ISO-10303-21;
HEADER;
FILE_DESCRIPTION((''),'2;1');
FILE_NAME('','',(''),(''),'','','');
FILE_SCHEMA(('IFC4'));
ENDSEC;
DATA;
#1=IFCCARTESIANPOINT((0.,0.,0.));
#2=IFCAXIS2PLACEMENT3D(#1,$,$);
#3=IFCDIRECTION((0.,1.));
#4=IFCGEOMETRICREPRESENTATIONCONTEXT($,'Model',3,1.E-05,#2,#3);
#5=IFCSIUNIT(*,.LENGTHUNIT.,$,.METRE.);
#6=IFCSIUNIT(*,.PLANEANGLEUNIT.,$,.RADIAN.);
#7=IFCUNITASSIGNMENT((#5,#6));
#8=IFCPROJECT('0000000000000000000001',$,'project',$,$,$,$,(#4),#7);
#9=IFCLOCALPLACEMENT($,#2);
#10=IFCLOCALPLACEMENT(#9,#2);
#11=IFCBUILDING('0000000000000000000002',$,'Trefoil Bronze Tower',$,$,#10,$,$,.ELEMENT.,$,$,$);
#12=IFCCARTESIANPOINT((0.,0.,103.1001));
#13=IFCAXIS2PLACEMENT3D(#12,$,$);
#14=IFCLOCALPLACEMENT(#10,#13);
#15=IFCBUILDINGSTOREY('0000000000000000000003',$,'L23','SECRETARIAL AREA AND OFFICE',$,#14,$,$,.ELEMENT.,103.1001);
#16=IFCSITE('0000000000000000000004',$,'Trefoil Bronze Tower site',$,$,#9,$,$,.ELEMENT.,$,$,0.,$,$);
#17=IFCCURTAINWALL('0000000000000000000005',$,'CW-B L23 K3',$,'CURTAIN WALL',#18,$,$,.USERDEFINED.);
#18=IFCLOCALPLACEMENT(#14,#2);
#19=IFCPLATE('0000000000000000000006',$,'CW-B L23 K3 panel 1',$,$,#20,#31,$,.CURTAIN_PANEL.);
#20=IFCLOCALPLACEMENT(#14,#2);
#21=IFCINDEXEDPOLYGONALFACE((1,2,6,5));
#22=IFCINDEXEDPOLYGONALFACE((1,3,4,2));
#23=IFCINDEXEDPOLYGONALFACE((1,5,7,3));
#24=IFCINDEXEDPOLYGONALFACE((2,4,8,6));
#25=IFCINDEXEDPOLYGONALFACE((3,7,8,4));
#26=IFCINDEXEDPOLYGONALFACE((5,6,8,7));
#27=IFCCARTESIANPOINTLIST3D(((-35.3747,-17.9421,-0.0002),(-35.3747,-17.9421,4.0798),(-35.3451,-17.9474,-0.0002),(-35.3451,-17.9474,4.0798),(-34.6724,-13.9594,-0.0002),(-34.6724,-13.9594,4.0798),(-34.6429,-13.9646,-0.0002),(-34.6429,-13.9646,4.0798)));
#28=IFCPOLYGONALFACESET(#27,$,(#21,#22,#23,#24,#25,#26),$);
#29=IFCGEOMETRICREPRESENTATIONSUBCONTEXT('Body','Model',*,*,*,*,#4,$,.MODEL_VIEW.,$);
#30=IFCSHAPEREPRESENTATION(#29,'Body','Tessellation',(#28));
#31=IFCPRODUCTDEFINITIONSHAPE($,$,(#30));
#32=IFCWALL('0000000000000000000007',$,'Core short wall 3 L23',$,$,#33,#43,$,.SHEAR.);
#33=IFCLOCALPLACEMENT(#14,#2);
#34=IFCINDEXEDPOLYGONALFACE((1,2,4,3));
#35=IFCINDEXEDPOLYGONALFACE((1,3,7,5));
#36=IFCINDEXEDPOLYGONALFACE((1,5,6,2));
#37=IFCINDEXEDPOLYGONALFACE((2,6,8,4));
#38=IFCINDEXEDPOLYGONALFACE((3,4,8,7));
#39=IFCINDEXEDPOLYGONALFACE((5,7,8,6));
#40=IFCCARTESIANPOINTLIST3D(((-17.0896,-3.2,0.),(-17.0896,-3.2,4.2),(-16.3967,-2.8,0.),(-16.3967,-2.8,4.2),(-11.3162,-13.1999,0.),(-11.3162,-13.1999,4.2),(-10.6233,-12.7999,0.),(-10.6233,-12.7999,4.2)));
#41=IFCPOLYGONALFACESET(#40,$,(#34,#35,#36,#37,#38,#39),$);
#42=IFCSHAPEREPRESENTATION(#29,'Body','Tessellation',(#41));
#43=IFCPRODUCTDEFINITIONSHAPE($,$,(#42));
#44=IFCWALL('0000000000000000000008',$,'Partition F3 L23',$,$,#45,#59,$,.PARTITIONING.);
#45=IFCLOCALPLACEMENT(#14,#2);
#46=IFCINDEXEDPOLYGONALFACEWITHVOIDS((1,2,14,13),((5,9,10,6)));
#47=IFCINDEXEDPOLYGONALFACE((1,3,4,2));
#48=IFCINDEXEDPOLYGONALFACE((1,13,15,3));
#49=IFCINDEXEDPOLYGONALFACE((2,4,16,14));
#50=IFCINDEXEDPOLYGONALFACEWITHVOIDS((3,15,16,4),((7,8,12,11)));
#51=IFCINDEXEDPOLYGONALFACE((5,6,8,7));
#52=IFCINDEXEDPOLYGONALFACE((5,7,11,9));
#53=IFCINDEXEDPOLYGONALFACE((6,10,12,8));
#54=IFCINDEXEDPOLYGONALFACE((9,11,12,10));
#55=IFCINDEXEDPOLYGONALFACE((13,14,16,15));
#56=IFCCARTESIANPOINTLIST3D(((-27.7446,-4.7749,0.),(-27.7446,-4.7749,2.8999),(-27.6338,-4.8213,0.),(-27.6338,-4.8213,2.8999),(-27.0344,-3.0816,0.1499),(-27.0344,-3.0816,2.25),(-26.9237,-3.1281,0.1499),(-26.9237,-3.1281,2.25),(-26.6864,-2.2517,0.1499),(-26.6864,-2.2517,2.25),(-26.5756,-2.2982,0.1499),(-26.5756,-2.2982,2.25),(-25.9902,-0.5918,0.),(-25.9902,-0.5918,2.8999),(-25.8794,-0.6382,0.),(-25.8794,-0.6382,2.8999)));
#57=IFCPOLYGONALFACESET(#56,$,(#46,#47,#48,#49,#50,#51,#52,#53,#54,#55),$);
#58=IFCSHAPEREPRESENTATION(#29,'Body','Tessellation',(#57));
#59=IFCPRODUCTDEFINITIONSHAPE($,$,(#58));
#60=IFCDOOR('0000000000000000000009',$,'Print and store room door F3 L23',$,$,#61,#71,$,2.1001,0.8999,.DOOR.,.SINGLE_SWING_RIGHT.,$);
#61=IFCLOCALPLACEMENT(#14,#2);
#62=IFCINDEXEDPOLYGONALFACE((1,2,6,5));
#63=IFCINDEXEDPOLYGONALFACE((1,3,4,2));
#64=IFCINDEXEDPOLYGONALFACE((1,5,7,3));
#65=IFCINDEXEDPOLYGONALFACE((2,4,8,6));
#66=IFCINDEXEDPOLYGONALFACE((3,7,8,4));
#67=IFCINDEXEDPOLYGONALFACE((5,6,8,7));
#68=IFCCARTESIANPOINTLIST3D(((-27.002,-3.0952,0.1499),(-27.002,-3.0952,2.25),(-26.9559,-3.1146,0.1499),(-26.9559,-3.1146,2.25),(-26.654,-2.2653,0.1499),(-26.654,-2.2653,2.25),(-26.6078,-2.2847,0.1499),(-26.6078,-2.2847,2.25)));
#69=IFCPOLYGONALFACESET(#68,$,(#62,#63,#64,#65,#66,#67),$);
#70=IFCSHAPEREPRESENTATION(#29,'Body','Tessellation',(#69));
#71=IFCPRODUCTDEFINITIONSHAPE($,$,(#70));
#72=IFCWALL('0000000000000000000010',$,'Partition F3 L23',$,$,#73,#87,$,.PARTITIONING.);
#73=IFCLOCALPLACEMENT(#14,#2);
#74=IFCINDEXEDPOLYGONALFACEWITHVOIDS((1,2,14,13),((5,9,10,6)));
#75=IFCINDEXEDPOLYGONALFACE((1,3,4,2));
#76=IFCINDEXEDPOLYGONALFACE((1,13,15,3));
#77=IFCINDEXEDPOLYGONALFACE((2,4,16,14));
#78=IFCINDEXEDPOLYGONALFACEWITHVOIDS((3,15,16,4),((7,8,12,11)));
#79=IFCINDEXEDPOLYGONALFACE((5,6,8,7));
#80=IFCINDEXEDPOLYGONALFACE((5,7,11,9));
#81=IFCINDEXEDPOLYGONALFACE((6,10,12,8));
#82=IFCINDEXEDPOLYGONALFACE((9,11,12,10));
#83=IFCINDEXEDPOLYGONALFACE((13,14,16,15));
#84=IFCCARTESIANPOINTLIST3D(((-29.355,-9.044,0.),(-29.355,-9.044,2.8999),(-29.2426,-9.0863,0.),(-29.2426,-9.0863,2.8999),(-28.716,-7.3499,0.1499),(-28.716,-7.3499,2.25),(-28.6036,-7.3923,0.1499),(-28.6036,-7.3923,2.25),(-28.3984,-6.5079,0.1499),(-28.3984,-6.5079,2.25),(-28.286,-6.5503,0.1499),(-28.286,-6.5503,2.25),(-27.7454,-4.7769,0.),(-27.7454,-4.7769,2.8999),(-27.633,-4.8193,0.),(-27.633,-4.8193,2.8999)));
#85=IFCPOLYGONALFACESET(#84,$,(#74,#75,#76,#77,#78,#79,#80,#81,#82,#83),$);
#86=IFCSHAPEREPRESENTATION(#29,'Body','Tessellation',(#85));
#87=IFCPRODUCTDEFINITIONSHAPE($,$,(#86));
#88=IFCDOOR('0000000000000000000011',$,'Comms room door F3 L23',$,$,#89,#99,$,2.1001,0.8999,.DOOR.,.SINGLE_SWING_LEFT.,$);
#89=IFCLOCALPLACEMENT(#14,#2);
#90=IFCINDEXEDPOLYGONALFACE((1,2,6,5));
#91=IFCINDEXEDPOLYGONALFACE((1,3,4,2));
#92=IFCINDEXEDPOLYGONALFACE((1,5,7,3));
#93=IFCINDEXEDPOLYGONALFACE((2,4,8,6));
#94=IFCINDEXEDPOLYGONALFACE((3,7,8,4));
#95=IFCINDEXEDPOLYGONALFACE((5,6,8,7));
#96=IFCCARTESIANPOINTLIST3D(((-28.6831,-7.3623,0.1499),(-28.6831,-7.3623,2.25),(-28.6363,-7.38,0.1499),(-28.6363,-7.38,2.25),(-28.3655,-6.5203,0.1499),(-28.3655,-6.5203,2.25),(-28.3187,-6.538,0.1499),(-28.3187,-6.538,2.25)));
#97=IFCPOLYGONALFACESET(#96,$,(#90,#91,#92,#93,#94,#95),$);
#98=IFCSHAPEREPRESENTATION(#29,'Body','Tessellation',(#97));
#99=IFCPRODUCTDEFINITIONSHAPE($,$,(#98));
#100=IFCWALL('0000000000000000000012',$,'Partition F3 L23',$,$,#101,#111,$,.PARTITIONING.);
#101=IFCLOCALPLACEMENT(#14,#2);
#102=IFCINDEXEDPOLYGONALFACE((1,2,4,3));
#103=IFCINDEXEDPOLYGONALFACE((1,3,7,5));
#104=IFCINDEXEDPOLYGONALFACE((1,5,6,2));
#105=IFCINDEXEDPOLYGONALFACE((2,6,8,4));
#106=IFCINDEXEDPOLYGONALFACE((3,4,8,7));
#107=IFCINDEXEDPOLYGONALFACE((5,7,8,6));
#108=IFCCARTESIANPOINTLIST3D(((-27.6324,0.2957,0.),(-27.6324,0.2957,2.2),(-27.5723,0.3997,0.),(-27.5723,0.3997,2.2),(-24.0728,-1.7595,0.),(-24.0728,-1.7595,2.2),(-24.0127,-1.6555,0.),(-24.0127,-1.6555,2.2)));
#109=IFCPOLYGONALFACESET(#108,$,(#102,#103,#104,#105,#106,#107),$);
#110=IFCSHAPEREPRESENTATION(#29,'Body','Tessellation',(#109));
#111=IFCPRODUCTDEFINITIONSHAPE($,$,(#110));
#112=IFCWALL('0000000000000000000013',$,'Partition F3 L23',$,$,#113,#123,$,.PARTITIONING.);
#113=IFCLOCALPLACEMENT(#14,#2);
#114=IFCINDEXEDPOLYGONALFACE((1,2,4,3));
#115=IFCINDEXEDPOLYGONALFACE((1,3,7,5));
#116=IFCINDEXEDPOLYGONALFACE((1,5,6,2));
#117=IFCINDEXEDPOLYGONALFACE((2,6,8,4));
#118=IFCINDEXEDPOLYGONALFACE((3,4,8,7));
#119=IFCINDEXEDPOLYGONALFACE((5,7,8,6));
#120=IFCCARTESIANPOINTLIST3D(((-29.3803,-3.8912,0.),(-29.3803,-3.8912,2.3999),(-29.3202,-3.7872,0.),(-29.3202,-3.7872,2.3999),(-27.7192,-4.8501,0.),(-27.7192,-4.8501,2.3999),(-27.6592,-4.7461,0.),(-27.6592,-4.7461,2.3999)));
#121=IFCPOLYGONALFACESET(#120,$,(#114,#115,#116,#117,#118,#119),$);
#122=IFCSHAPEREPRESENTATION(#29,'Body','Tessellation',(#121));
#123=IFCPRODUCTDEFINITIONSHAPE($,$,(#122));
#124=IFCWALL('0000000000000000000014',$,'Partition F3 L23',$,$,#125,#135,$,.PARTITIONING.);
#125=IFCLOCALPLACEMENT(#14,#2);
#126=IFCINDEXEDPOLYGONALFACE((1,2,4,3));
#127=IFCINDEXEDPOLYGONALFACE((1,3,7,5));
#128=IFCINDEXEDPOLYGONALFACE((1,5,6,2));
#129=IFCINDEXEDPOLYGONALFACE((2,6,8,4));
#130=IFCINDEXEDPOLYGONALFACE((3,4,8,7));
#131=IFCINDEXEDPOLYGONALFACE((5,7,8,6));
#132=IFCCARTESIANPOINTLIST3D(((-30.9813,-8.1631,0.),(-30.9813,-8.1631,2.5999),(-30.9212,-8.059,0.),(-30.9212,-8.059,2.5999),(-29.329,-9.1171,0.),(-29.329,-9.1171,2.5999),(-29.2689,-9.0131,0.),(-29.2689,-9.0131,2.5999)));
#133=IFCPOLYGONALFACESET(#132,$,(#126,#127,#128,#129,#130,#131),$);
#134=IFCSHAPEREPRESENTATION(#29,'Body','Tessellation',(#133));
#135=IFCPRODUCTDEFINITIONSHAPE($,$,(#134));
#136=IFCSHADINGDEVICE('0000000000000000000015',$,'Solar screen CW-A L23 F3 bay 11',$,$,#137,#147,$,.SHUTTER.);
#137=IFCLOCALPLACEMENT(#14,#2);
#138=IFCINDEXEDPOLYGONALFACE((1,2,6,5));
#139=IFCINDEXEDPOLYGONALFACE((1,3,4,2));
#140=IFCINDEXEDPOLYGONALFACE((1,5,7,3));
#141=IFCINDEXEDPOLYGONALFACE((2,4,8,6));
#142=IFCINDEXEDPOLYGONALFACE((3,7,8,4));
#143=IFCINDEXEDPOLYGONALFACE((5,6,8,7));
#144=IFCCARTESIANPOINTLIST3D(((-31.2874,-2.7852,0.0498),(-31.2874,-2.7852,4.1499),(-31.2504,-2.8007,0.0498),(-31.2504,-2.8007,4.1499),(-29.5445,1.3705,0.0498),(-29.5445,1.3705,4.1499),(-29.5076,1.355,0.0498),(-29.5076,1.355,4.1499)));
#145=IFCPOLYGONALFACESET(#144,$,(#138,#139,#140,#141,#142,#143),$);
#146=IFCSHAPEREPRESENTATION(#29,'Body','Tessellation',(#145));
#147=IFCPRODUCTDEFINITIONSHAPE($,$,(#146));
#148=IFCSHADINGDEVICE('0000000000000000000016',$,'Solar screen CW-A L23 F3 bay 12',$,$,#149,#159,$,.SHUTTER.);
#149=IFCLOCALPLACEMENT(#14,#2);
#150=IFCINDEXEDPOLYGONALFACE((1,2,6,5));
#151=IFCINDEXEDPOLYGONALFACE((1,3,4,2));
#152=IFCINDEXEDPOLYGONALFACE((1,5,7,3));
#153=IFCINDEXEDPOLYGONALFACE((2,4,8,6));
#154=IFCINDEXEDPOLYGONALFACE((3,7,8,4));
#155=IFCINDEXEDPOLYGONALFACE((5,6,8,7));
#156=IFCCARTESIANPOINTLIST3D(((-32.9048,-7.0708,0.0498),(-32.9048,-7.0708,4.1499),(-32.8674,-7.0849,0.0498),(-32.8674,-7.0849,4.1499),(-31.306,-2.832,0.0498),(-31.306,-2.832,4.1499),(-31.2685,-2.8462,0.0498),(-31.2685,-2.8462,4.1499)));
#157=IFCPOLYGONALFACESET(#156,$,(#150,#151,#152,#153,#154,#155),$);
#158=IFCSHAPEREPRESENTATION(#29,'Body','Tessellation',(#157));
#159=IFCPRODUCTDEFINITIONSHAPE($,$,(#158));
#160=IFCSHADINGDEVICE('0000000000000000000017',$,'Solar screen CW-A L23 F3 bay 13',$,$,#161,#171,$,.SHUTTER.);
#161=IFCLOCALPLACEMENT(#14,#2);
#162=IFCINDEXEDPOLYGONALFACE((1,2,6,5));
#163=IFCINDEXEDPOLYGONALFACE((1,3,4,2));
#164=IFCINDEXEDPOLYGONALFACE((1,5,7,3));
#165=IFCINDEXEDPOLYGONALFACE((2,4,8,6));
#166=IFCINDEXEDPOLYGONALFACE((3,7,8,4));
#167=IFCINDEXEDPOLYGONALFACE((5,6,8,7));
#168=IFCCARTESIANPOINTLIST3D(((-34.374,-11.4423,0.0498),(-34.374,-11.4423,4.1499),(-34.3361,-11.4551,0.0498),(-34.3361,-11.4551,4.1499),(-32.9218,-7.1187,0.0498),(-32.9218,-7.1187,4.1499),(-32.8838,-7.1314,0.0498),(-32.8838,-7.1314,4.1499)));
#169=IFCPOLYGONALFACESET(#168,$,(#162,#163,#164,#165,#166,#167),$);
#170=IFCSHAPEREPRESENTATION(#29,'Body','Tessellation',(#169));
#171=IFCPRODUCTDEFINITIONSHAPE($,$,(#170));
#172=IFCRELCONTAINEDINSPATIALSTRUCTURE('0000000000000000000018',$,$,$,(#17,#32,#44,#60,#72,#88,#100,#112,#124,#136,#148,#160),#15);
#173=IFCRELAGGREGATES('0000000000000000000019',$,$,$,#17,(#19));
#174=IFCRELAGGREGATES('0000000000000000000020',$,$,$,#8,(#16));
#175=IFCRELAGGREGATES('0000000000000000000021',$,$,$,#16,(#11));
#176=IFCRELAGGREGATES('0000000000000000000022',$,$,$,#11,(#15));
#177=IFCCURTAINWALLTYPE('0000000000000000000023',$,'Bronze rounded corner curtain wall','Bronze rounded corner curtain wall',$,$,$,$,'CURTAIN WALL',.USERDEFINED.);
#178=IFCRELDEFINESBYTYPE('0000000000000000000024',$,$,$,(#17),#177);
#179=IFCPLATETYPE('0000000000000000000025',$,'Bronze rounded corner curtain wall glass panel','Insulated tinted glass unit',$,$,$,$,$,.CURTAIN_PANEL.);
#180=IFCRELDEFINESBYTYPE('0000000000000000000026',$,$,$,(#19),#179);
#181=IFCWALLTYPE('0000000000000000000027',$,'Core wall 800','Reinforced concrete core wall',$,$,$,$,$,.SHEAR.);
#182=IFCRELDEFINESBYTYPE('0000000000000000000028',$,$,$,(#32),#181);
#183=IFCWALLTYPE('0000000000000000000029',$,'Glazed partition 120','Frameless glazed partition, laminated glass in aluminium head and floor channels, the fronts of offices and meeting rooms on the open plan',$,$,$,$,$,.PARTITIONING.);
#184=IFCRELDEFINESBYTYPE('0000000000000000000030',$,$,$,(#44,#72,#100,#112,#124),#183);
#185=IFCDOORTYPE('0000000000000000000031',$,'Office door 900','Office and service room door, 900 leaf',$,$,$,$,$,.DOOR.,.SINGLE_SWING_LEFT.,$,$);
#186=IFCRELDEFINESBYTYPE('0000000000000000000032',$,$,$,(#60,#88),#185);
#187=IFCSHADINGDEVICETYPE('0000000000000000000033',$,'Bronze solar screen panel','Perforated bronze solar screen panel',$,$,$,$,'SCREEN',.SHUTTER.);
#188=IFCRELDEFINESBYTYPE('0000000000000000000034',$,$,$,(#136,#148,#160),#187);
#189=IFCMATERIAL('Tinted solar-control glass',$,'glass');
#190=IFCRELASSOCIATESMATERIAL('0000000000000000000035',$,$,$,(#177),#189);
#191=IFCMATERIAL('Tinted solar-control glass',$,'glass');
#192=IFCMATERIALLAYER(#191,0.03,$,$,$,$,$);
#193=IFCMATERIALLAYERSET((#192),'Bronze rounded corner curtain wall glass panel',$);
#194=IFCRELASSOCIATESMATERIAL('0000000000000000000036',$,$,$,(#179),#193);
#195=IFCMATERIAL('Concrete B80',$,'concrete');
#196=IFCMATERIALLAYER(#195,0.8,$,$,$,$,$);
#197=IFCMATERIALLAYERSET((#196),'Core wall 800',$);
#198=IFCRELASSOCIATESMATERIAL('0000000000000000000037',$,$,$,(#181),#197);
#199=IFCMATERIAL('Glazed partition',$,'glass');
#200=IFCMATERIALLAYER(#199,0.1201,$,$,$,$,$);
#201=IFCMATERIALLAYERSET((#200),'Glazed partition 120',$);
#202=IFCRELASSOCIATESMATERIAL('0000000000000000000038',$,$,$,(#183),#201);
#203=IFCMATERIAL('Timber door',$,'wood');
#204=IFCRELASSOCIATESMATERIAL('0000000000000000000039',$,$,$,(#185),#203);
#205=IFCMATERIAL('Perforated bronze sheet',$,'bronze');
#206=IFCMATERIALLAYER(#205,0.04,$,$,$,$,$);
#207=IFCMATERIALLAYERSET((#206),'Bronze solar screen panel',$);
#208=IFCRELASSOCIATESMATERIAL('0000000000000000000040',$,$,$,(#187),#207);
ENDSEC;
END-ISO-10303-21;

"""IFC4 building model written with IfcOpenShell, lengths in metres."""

from ifc_helpers import new_model, si_unit, direction, frame, frame_2d, origin, origin_2d, place, context, subcontext, project, spatial, rectangle, extrude, material, layer, layer_set, type_object, element, fill, aggregate, save


model = new_model("IFC4")

# Units and contexts
model_context = context("Model", 3, precision=1e-05, world=origin(), true_north=direction((0.0, 1.0)))
body_context = subcontext(model_context, "Body", "Model", "MODEL_VIEW")
ifc_project = project(units=[si_unit("LENGTHUNIT", "METRE"), si_unit("PLANEANGLEUNIT", "RADIAN")], contexts=[model_context])

# Site, building, storey
site_placement = place(None, origin())
site = spatial("IfcSite", under=ifc_project, at=site_placement, Name="Trefoil Bronze Tower site", CompositionType="ELEMENT", RefElevation=0.0)
building_placement = place(site_placement, origin())
building = spatial("IfcBuilding", under=site, at=building_placement, Name="Trefoil Bronze Tower", CompositionType="ELEMENT")
storey_placement = place(building_placement, frame((0.0, 0.0, 103.1001)))
storey = spatial("IfcBuildingStorey", under=building, at=storey_placement, Name="L23", Description="SECRETARIAL AREA AND OFFICE", CompositionType="ELEMENT", Elevation=103.1001)

# Curtain wall
ifc_material_1 = material(Name="Tinted solar-control glass", Category="glass")
curtain_wall_type_1 = type_object("IfcCurtainWallType", Name="Bronze rounded corner curtain wall", Description="Bronze rounded corner curtain wall", ElementType="CURTAIN WALL", PredefinedType="USERDEFINED", material=ifc_material_1)
curtain_wall_1_placement = place(storey_placement, origin())
curtain_wall_1 = element("IfcCurtainWall", 1, at=curtain_wall_1_placement, inside=storey, type_object=curtain_wall_type_1, Name="CW-B L23 K3", ObjectType="CURTAIN WALL", PredefinedType="USERDEFINED")

# Plate
ifc_material_2 = material(Name="Tinted solar-control glass", Category="glass")
ifc_layer_1 = layer(ifc_material_2, 0.03)
ifc_layer_set_1 = layer_set([ifc_layer_1], Name="Bronze rounded corner curtain wall glass panel")
plate_type_1 = type_object("IfcPlateType", Name="Bronze rounded corner curtain wall glass panel", Description="Insulated tinted glass unit", PredefinedType="CURTAIN_PANEL", material=ifc_layer_set_1)
plate_1_placement = place(storey_placement, frame((-35.0088, -15.9534, -0.0002), z_axis=(0.0, 0.0, 1.0), x_axis=(-0.173648, -0.984808, 0.0)))
plate_1 = element("IfcPlate", 2, at=plate_1_placement, type_object=plate_type_1, Name="CW-B L23 K3 panel 1", PredefinedType="CURTAIN_PANEL", context=body_context, shape_type="SweptSolid", body=[
    extrude(rectangle(XDim=4.0442, YDim=0.03, at=origin_2d()), origin(), (0.0, 0.0, 1.0), 4.0801),
])
aggregate(curtain_wall_1, [plate_1])

# Wall
ifc_material_3 = material(Name="Concrete B80", Category="concrete")
ifc_layer_2 = layer(ifc_material_3, 0.8)
ifc_layer_set_2 = layer_set([ifc_layer_2], Name="Core wall 800")
wall_type_1 = type_object("IfcWallType", Name="Core wall 800", Description="Reinforced concrete core wall", PredefinedType="SHEAR", material=ifc_layer_set_2)
wall_1_placement = place(storey_placement, frame((-16.7432, -3.0, 0.0), z_axis=(0.0, 0.0, 1.0), x_axis=(0.499996, -0.866028, 0.0)))
element("IfcWall", 3, at=wall_1_placement, inside=storey, type_object=wall_type_1, Name="Core short wall 3 L23", PredefinedType="SHEAR", context=body_context, shape_type="SweptSolid", body=[
    extrude(rectangle(XDim=11.5469, YDim=0.8, at=frame_2d((5.7734, 0.0))), origin(), (0.0, 0.0, 1.0), 4.2),
])

# Walls, openings, doors
ifc_material_4 = material(Name="Glazed partition", Category="glass")
ifc_layer_3 = layer(ifc_material_4, 0.1201)
ifc_layer_set_3 = layer_set([ifc_layer_3], Name="Glazed partition 120")
wall_type_2 = type_object("IfcWallType", Name="Glazed partition 120", Description="Frameless glazed partition, laminated glass in aluminium head and floor channels, the fronts of offices and meeting rooms on the open plan", PredefinedType="PARTITIONING", material=ifc_layer_set_3)
wall_2_placement = place(storey_placement, frame((-25.9348, -0.615, 0.0), z_axis=(0.0, 0.0, 1.0), x_axis=(-0.386762, -0.92218, 0.0)))
wall_2 = element("IfcWall", 4, at=wall_2_placement, inside=storey, type_object=wall_type_2, Name="Partition F3 L23", PredefinedType="PARTITIONING", context=body_context, shape_type="SweptSolid", body=[
    extrude(rectangle(XDim=4.5361, YDim=0.1201, at=frame_2d((2.2681, 0.0))), origin(), (0.0, 0.0, 1.0), 2.8999),
])
opening_1_placement = place(wall_2_placement, frame((1.8, 0.0, 0.1499)))
opening_1 = element("IfcOpeningElement", 5, at=opening_1_placement, cuts=wall_2, PredefinedType="OPENING", context=body_context, shape_type="SweptSolid", body=[
    extrude(rectangle(XDim=0.8999, YDim=2.1001, at=frame_2d((0.45, 1.05))), frame((0.0, 0.0701, 0.0), z_axis=(0.0, -1.0, 0.0), x_axis=(1.0, 0.0, 0.0)), (0.0, 0.0, 1.0), 0.1401),
])
ifc_material_5 = material(Name="Timber door", Category="wood")
door_type = type_object("IfcDoorType", Name="Office door 900", Description="Office and service room door, 900 leaf", OperationType="SINGLE_SWING_LEFT", PredefinedType="DOOR", material=ifc_material_5)
door_1_placement = place(opening_1_placement, frame((0.8999, 0.0, 0.0), z_axis=(0.0, 0.0, 1.0), x_axis=(-1.0, 0.0, 0.0)))
door_1 = element("IfcDoor", 6, at=door_1_placement, inside=storey, type_object=door_type, Name="Print and store room door F3 L23", OperationType="SINGLE_SWING_RIGHT", OverallHeight=2.1001, OverallWidth=0.8999, PredefinedType="DOOR", context=body_context, shape_type="SweptSolid", body=[
    extrude(rectangle(XDim=0.8999, YDim=2.1001, at=frame_2d((0.45, 1.05))), frame((0.0, 0.0249, 0.0), z_axis=(0.0, -1.0, 0.0), x_axis=(1.0, 0.0, 0.0)), (0.0, 0.0, 1.0), 0.05),
])
fill(opening_1, door_1)
wall_3_placement = place(storey_placement, frame((-27.6892, -4.7981, 0.0), z_axis=(0.0, 0.0, 1.0), x_axis=(-0.352941, -0.935645, 0.0)))
wall_3 = element("IfcWall", 7, at=wall_3_placement, inside=storey, type_object=wall_type_2, Name="Partition F3 L23", PredefinedType="PARTITIONING", context=body_context, shape_type="SweptSolid", body=[
    extrude(rectangle(XDim=4.5605, YDim=0.1201, at=frame_2d((2.2803, 0.0))), origin(), (0.0, 0.0, 1.0), 2.8999),
])
opening_2_placement = place(wall_3_placement, frame((1.8501, 0.0, 0.1499)))
opening_2 = element("IfcOpeningElement", 8, at=opening_2_placement, cuts=wall_3, PredefinedType="OPENING", context=body_context, shape_type="SweptSolid", body=[
    extrude(rectangle(XDim=0.8999, YDim=2.1001, at=frame_2d((0.45, 1.05))), frame((0.0, 0.0701, 0.0), z_axis=(0.0, -1.0, 0.0), x_axis=(1.0, 0.0, 0.0)), (0.0, 0.0, 1.0), 0.1401),
])
door_2_placement = place(opening_2_placement, frame((0.8999, 0.0, 0.0), z_axis=(0.0, 0.0, 1.0), x_axis=(-1.0, 0.0, 0.0)))
door_2 = element("IfcDoor", 9, at=door_2_placement, inside=storey, type_object=door_type, Name="Comms room door F3 L23", OperationType="SINGLE_SWING_LEFT", OverallHeight=2.1001, OverallWidth=0.8999, PredefinedType="DOOR", context=body_context, shape_type="SweptSolid", body=[
    extrude(rectangle(XDim=0.8999, YDim=2.1001, at=frame_2d((0.45, 1.05))), frame((0.0, 0.0249, 0.0), z_axis=(0.0, -1.0, 0.0), x_axis=(1.0, 0.0, 0.0)), (0.0, 0.0, 1.0), 0.05),
])
fill(opening_2, door_2)

# Walls
wall_4_placement = place(storey_placement, frame((-24.0427, -1.7075, 0.0), z_axis=(0.0, 0.0, 1.0), x_axis=(-0.866019, 0.50001, 0.0)))
element("IfcWall", 10, at=wall_4_placement, inside=storey, type_object=wall_type_2, Name="Partition F3 L23", PredefinedType="PARTITIONING", context=body_context, shape_type="SweptSolid", body=[
    extrude(rectangle(XDim=4.1104, YDim=0.1201, at=frame_2d((2.0552, 0.0))), origin(), (0.0, 0.0, 1.0), 2.2),
])
wall_5_placement = place(storey_placement, frame((-27.6892, -4.7981, 0.0), z_axis=(0.0, 0.0, 1.0), x_axis=(-0.866041, 0.499972, 0.0)))
element("IfcWall", 11, at=wall_5_placement, inside=storey, type_object=wall_type_2, Name="Partition F3 L23", PredefinedType="PARTITIONING", context=body_context, shape_type="SweptSolid", body=[
    extrude(rectangle(XDim=1.918, YDim=0.1201, at=frame_2d((0.959, 0.0))), origin(), (0.0, 0.0, 1.0), 2.3999),
])
wall_6_placement = place(storey_placement, frame((-29.2988, -9.0652, 0.0), z_axis=(0.0, 0.0, 1.0), x_axis=(-0.865998, 0.500047, 0.0)))
element("IfcWall", 12, at=wall_6_placement, inside=storey, type_object=wall_type_2, Name="Partition F3 L23", PredefinedType="PARTITIONING", context=body_context, shape_type="SweptSolid", body=[
    extrude(rectangle(XDim=1.908, YDim=0.1201, at=frame_2d((0.9541, 0.0))), origin(), (0.0, 0.0, 1.0), 2.5999),
])

# Shading devices
ifc_material_6 = material(Name="Perforated bronze sheet", Category="bronze")
ifc_layer_4 = layer(ifc_material_6, 0.04)
ifc_layer_set_4 = layer_set([ifc_layer_4], Name="Bronze solar screen panel")
shading_device_type = type_object("IfcShadingDeviceType", Name="Bronze solar screen panel", Description="Perforated bronze solar screen panel", ElementType="SCREEN", PredefinedType="SHUTTER", material=ifc_layer_set_4)
shading_device_1_placement = place(storey_placement, frame((-30.3975, -0.7151, 0.0498), z_axis=(0.0, 0.0, 1.0), x_axis=(-0.386759, -0.922181, 0.0)))
element("IfcShadingDevice", 13, at=shading_device_1_placement, inside=storey, type_object=shading_device_type, Name="Solar screen CW-A L23 F3 bay 11", PredefinedType="SHUTTER", context=body_context, shape_type="SweptSolid", body=[
    extrude(rectangle(XDim=4.5063, YDim=0.04, at=origin_2d()), origin(), (0.0, 0.0, 1.0), 4.1001),
])
shading_device_2_placement = place(storey_placement, frame((-32.0867, -4.9585, 0.0498), z_axis=(0.0, 0.0, 1.0), x_axis=(-0.35292, -0.935654, 0.0)))
element("IfcShadingDevice", 14, at=shading_device_2_placement, inside=storey, type_object=shading_device_type, Name="Solar screen CW-A L23 F3 bay 12", PredefinedType="SHUTTER", context=body_context, shape_type="SweptSolid", body=[
    extrude(rectangle(XDim=4.5303, YDim=0.04, at=origin_2d()), origin(), (0.0, 0.0, 1.0), 4.1001),
])
shading_device_3_placement = place(storey_placement, frame((-33.6289, -9.2869, 0.0498), z_axis=(0.0, 0.0, 1.0), x_axis=(-0.318404, -0.947955, 0.0)))
element("IfcShadingDevice", 15, at=shading_device_3_placement, inside=storey, type_object=shading_device_type, Name="Solar screen CW-A L23 F3 bay 13", PredefinedType="SHUTTER", context=body_context, shape_type="SweptSolid", body=[
    extrude(rectangle(XDim=4.561, YDim=0.04, at=origin_2d()), origin(), (0.0, 0.0, 1.0), 4.1001),
])

save(model, "model.ifc")
